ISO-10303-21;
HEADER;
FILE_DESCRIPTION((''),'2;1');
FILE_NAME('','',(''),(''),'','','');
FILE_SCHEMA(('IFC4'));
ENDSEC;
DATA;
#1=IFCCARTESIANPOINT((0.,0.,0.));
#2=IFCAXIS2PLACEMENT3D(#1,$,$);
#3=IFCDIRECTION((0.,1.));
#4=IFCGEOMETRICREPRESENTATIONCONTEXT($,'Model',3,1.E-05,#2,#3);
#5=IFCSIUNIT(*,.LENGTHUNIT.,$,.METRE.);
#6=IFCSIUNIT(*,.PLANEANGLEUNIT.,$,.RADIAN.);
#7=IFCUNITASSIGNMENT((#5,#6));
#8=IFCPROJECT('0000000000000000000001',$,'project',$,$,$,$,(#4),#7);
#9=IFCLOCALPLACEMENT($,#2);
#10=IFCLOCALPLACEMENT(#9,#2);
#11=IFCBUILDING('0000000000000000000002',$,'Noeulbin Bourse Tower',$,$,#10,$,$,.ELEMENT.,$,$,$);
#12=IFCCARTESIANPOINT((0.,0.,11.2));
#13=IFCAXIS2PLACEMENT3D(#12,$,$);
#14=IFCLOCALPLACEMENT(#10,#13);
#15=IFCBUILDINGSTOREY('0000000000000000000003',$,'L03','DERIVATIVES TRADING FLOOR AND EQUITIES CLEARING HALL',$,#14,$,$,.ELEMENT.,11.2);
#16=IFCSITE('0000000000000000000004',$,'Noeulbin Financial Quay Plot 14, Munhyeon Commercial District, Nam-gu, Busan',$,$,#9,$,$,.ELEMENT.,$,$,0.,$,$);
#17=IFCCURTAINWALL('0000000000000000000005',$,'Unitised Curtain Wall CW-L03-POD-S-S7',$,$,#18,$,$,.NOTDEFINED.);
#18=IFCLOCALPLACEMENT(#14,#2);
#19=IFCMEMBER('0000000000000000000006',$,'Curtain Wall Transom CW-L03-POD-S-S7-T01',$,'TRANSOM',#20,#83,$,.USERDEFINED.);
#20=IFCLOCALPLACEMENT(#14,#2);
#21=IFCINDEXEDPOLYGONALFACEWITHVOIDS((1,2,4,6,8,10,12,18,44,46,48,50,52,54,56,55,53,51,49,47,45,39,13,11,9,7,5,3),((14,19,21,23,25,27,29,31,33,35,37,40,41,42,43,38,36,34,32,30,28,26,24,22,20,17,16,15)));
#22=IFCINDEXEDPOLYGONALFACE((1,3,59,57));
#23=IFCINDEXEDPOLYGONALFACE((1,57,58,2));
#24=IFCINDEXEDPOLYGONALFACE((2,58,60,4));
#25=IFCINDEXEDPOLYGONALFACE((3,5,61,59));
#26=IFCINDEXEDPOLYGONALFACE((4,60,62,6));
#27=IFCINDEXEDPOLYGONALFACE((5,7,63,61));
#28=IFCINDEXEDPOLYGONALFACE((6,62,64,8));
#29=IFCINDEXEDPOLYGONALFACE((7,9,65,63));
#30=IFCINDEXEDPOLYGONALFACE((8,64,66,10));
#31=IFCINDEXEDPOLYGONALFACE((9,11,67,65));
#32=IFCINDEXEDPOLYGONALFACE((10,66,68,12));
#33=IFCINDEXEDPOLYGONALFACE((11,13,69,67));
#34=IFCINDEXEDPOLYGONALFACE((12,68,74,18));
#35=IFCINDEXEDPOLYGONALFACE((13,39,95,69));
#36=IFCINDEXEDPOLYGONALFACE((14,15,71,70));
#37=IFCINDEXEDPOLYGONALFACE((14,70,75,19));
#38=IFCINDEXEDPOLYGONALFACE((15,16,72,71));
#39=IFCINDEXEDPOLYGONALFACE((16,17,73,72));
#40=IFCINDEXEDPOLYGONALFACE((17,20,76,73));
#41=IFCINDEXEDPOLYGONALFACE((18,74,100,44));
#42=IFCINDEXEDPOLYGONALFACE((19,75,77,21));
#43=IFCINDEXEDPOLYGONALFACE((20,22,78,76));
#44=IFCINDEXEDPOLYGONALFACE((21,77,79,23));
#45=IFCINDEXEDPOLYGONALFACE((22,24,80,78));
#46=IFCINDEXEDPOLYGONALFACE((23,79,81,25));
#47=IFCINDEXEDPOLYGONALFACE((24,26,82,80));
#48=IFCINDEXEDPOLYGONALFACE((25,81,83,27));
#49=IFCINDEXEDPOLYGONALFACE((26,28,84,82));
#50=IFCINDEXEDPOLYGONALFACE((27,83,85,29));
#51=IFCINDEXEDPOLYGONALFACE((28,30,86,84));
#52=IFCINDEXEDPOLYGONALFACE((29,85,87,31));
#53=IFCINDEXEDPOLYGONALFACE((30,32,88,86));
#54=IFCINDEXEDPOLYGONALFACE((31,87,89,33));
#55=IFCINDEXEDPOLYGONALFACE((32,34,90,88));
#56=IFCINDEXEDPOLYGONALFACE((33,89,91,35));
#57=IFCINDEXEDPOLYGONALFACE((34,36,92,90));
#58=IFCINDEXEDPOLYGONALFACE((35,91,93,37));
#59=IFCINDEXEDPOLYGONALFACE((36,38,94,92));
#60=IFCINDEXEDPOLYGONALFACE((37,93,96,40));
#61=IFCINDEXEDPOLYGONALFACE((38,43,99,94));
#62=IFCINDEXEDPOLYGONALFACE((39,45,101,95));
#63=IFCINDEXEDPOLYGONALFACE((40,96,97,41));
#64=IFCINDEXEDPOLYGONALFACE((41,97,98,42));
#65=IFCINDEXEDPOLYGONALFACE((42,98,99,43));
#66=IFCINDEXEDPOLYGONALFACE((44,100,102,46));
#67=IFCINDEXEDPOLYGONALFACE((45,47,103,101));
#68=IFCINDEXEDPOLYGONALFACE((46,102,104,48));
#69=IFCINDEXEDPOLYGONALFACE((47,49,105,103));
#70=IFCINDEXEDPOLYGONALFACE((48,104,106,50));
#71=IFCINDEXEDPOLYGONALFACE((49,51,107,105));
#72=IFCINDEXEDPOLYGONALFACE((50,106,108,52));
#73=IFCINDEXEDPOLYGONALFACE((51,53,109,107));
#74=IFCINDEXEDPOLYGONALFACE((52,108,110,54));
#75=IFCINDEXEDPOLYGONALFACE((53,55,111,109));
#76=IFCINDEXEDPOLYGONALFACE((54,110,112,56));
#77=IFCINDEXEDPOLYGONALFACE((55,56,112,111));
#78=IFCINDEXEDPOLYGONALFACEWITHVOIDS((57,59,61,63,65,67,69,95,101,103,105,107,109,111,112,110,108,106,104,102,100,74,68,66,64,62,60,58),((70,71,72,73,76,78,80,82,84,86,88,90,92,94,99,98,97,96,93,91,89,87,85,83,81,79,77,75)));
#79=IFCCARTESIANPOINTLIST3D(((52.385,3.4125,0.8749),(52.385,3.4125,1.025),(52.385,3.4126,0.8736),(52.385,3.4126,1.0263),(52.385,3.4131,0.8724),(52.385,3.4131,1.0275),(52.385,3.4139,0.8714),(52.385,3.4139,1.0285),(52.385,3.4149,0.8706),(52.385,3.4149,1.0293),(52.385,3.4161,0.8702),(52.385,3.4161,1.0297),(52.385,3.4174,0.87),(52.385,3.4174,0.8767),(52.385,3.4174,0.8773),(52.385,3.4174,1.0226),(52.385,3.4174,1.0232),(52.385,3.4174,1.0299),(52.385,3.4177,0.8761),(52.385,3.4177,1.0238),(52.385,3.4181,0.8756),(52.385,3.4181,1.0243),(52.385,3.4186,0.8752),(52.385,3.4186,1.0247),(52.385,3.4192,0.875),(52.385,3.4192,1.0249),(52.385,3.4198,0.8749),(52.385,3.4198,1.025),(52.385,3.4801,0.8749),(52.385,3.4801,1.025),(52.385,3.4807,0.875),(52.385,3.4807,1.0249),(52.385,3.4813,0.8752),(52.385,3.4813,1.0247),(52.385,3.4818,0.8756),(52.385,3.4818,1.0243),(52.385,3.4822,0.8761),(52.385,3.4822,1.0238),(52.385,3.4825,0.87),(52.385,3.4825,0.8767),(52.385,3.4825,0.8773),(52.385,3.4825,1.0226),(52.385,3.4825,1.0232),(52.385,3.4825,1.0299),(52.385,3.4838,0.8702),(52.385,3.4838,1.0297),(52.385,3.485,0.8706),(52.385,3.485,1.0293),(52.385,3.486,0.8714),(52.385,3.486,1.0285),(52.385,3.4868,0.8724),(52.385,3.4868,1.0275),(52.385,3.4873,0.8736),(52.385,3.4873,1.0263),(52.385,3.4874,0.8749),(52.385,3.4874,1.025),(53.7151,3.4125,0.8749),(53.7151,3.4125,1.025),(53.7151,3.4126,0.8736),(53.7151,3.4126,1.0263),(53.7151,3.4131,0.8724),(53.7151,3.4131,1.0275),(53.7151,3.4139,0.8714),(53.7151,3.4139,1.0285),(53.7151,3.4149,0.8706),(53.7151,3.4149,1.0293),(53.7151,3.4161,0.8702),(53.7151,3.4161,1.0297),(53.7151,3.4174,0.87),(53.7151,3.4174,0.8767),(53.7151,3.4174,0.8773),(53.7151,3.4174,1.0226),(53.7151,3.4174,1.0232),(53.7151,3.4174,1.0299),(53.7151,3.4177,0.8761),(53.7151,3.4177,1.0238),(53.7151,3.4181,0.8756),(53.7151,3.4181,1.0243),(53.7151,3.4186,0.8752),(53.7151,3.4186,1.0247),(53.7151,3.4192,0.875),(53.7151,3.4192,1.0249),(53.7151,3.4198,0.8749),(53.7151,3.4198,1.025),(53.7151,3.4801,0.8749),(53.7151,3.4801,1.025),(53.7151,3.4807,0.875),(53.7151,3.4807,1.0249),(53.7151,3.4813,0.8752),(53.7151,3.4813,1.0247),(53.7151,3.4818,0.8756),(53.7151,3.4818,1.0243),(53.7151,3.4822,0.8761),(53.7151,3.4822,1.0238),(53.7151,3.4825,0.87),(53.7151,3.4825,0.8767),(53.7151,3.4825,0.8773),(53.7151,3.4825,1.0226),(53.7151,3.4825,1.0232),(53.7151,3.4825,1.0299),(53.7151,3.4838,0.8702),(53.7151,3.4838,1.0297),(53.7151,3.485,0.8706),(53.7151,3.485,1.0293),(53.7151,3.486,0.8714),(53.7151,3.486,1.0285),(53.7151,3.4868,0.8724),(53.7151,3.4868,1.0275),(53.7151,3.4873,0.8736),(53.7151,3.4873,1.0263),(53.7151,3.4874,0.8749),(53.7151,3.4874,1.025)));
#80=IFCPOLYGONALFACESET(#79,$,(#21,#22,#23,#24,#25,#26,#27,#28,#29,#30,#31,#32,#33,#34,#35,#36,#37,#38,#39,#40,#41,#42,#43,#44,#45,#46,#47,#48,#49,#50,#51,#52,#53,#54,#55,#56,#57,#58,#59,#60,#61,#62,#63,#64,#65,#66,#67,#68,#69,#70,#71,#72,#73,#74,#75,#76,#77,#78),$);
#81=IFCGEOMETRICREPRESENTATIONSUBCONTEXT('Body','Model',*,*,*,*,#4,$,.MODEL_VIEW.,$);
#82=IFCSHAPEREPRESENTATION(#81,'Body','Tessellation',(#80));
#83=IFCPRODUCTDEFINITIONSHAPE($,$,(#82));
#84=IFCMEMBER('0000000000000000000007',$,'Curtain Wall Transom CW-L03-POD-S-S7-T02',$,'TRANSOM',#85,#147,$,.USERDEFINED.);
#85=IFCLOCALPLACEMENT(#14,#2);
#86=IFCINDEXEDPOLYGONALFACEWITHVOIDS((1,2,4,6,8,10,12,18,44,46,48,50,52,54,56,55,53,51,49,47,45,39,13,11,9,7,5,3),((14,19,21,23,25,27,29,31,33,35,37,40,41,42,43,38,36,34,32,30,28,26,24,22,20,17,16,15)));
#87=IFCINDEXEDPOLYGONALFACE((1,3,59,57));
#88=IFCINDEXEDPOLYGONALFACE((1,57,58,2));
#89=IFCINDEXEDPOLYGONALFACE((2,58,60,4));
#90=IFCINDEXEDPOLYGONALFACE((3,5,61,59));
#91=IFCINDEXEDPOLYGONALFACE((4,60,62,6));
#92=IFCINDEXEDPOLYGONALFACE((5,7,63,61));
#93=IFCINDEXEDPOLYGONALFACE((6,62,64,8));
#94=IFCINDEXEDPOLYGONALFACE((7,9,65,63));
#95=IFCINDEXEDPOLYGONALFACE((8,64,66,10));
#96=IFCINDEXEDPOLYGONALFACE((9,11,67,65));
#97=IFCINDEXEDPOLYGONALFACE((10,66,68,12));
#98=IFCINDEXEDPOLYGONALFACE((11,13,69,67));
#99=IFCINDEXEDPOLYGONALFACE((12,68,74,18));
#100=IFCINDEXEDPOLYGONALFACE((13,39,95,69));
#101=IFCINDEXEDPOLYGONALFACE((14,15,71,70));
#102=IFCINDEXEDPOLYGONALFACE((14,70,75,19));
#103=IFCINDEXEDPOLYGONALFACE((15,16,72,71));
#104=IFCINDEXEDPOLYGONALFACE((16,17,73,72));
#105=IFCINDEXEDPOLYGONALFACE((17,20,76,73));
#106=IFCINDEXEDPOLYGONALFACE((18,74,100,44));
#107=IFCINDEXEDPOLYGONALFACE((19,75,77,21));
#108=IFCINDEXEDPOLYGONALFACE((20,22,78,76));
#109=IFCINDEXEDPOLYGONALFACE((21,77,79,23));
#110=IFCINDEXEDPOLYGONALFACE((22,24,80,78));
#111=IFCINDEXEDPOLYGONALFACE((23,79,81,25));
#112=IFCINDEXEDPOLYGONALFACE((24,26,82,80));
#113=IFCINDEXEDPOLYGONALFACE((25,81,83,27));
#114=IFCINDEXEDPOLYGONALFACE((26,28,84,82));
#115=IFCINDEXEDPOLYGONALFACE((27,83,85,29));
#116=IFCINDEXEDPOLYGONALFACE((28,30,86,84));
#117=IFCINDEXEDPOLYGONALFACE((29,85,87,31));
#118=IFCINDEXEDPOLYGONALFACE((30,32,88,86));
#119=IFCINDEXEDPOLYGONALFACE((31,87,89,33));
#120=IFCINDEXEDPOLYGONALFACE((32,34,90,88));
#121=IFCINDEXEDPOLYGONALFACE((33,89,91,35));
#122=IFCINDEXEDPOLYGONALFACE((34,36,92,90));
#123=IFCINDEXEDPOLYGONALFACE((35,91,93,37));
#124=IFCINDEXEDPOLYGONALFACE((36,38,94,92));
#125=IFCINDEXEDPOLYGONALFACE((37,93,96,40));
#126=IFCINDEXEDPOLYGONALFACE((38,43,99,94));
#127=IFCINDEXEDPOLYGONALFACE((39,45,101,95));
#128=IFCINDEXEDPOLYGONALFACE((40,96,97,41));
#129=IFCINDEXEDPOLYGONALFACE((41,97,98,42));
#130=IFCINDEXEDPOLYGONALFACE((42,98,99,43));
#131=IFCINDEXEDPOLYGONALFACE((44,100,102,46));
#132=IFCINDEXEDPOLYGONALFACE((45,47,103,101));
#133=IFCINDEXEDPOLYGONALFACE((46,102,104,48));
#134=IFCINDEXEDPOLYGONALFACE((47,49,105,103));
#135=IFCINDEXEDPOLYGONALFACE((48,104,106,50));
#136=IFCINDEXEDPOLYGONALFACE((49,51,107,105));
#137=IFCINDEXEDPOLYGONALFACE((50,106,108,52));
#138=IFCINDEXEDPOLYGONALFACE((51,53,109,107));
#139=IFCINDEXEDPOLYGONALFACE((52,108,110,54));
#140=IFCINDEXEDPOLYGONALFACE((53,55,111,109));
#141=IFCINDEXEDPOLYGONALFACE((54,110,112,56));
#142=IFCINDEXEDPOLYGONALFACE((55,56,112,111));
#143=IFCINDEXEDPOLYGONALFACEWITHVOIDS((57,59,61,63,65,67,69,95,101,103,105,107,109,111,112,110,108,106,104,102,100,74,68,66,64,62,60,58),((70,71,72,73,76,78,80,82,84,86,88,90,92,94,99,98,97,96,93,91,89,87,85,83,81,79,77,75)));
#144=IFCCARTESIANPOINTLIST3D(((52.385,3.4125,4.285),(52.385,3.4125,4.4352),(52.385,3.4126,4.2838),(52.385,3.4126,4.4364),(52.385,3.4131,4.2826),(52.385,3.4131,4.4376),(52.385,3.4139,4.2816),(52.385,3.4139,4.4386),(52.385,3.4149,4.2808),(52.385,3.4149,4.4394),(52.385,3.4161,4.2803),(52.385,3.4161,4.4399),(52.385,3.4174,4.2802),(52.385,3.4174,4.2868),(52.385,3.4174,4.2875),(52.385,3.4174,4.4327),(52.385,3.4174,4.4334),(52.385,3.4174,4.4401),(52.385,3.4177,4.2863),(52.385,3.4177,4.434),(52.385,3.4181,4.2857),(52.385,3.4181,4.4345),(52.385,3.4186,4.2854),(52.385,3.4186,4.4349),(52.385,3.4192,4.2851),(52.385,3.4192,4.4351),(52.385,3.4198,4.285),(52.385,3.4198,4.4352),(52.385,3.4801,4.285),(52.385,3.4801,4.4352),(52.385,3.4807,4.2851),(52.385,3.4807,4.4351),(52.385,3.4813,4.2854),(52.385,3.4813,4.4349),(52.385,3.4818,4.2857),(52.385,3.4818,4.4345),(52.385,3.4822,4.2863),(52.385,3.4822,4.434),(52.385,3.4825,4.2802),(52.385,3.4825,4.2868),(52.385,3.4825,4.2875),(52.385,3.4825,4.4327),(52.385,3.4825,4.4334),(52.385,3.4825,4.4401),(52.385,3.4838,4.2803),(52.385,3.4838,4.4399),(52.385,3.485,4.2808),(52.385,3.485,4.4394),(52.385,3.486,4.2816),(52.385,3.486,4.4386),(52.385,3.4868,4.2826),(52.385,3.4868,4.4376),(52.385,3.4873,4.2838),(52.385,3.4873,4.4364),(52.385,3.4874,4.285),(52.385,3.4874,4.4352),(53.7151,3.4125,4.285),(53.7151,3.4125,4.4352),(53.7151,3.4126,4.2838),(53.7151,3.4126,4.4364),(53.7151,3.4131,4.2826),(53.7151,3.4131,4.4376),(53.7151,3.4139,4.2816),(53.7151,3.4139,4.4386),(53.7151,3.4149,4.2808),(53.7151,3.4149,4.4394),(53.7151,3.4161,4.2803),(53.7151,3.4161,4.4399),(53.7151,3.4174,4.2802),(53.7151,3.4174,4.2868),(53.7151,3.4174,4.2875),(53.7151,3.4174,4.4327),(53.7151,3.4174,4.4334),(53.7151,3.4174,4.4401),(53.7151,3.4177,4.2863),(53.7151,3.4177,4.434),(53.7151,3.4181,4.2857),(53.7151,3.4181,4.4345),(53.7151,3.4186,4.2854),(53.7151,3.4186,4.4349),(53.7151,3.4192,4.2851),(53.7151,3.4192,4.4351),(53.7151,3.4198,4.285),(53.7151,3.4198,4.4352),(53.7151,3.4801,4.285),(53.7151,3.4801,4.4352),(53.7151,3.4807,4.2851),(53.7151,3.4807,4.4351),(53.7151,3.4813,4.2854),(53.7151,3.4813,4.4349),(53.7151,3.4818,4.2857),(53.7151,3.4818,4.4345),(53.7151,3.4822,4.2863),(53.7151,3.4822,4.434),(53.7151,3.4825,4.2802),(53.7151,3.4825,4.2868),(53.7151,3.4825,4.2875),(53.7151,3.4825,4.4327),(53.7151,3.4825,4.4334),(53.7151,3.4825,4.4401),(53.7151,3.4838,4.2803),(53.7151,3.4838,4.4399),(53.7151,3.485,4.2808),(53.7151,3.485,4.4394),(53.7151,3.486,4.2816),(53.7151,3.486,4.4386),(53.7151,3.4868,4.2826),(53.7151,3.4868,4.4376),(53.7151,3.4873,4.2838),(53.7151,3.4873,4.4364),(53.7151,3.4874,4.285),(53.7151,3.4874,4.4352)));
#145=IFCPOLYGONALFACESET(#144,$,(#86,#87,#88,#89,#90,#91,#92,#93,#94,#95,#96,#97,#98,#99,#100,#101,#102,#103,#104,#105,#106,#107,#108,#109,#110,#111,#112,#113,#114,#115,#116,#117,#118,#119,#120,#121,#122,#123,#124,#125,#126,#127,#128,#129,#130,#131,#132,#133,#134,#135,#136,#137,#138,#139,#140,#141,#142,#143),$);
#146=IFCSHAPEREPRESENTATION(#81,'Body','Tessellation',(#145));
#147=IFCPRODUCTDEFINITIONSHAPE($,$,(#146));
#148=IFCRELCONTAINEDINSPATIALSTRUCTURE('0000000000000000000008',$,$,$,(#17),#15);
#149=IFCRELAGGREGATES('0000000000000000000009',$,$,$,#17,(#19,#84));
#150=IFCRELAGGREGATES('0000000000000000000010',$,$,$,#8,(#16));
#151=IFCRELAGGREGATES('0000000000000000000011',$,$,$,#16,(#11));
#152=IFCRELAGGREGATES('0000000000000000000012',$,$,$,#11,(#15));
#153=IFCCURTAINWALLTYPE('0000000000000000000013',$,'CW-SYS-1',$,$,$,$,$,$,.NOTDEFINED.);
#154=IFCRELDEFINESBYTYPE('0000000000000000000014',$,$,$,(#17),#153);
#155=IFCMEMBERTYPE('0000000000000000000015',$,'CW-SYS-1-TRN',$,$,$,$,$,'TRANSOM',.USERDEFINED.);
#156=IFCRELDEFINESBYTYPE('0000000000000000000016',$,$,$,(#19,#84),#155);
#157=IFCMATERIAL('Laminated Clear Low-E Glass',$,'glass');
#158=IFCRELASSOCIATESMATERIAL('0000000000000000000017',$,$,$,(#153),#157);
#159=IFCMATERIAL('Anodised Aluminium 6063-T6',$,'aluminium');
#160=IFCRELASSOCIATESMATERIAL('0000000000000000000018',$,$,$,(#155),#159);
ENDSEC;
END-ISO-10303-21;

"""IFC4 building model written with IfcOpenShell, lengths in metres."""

from ifc_helpers import new_model, si_unit, direction, frame, origin, origin_2d, place, context, subcontext, project, spatial, hollow_rectangle, extrude, material, material_profile, profile_set, type_object, element, aggregate, save


model = new_model("IFC4")

# Units and contexts
model_context = context("Model", 3, precision=1e-05, world=origin(), true_north=direction((0.0, 1.0)))
body_context = subcontext(model_context, "Body", "Model", "MODEL_VIEW")
ifc_project = project(units=[si_unit("LENGTHUNIT", "METRE"), si_unit("PLANEANGLEUNIT", "RADIAN")], contexts=[model_context])

# Site, building, storey
site_placement = place(None, origin())
site = spatial("IfcSite", under=ifc_project, at=site_placement, Name="Noeulbin Financial Quay Plot 14, Munhyeon Commercial District, Nam-gu, Busan", CompositionType="ELEMENT", RefElevation=0.0)
building_placement = place(site_placement, origin())
building = spatial("IfcBuilding", under=site, at=building_placement, Name="Noeulbin Bourse Tower", CompositionType="ELEMENT")
storey_placement = place(building_placement, frame((0.0, 0.0, 11.2)))
storey = spatial("IfcBuildingStorey", under=building, at=storey_placement, Name="L03", Description="DERIVATIVES TRADING FLOOR AND EQUITIES CLEARING HALL", CompositionType="ELEMENT", Elevation=11.2)

# Shared definitions
ifc_material_1 = material(Name="Laminated Clear Low-E Glass", Category="glass")
curtain_wall_type = type_object("IfcCurtainWallType", Name="CW-SYS-1", PredefinedType="NOTDEFINED", material=ifc_material_1)
ifc_material_2 = material(Name="Anodised Aluminium 6063-T6", Category="aluminium")

# Curtain wall
curtain_wall_1_placement = place(storey_placement, origin())
curtain_wall_1 = element("IfcCurtainWall", 1, at=curtain_wall_1_placement, inside=storey, type_object=curtain_wall_type, Name="Unitised Curtain Wall CW-L03-POD-S-S7", PredefinedType="NOTDEFINED")

# Members
ifc_material_profile_1 = material_profile(ifc_material_2, hollow_rectangle(XDim=0.075, YDim=0.1599, WallThickness=0.0049, InnerFilletRadius=0.0024, OuterFilletRadius=0.0049, at=origin_2d()), Name="ALU-TRAN-75x160x5", Category="LoadBearing")
ifc_profile_set_1 = profile_set([ifc_material_profile_1], Name="Anodised Aluminium 6063-T6")
member_type_1 = type_object("IfcMemberType", Name="CW-SYS-1-TRN", ElementType="TRANSOM", PredefinedType="USERDEFINED", material=ifc_profile_set_1)
member_1_placement = place(storey_placement, frame((52.385, 3.45, 0.95), z_axis=(1.0, 0.0, 0.0), x_axis=(0.0, 1.0, 0.0)))
member_1 = element("IfcMember", 2, at=member_1_placement, type_object=member_type_1, Name="Curtain Wall Transom CW-L03-POD-S-S7-T01", ObjectType="TRANSOM", PredefinedType="USERDEFINED", context=body_context, shape_type="SweptSolid", body=[
    extrude(hollow_rectangle(XDim=0.075, YDim=0.1599, WallThickness=0.0049, InnerFilletRadius=0.0024, OuterFilletRadius=0.0049, at=origin_2d()), origin(), (0.0, 0.0, 1.0), 1.3301),
])
member_2_placement = place(storey_placement, frame((52.385, 3.45, 4.3601), z_axis=(1.0, 0.0, 0.0), x_axis=(0.0, 1.0, 0.0)))
member_2 = element("IfcMember", 3, at=member_2_placement, type_object=member_type_1, Name="Curtain Wall Transom CW-L03-POD-S-S7-T02", ObjectType="TRANSOM", PredefinedType="USERDEFINED", context=body_context, shape_type="SweptSolid", body=[
    extrude(hollow_rectangle(XDim=0.075, YDim=0.1599, WallThickness=0.0049, InnerFilletRadius=0.0024, OuterFilletRadius=0.0049, at=origin_2d()), origin(), (0.0, 0.0, 1.0), 1.3301),
])

aggregate(curtain_wall_1, [member_1, member_2])

save(model, "model.ifc")
